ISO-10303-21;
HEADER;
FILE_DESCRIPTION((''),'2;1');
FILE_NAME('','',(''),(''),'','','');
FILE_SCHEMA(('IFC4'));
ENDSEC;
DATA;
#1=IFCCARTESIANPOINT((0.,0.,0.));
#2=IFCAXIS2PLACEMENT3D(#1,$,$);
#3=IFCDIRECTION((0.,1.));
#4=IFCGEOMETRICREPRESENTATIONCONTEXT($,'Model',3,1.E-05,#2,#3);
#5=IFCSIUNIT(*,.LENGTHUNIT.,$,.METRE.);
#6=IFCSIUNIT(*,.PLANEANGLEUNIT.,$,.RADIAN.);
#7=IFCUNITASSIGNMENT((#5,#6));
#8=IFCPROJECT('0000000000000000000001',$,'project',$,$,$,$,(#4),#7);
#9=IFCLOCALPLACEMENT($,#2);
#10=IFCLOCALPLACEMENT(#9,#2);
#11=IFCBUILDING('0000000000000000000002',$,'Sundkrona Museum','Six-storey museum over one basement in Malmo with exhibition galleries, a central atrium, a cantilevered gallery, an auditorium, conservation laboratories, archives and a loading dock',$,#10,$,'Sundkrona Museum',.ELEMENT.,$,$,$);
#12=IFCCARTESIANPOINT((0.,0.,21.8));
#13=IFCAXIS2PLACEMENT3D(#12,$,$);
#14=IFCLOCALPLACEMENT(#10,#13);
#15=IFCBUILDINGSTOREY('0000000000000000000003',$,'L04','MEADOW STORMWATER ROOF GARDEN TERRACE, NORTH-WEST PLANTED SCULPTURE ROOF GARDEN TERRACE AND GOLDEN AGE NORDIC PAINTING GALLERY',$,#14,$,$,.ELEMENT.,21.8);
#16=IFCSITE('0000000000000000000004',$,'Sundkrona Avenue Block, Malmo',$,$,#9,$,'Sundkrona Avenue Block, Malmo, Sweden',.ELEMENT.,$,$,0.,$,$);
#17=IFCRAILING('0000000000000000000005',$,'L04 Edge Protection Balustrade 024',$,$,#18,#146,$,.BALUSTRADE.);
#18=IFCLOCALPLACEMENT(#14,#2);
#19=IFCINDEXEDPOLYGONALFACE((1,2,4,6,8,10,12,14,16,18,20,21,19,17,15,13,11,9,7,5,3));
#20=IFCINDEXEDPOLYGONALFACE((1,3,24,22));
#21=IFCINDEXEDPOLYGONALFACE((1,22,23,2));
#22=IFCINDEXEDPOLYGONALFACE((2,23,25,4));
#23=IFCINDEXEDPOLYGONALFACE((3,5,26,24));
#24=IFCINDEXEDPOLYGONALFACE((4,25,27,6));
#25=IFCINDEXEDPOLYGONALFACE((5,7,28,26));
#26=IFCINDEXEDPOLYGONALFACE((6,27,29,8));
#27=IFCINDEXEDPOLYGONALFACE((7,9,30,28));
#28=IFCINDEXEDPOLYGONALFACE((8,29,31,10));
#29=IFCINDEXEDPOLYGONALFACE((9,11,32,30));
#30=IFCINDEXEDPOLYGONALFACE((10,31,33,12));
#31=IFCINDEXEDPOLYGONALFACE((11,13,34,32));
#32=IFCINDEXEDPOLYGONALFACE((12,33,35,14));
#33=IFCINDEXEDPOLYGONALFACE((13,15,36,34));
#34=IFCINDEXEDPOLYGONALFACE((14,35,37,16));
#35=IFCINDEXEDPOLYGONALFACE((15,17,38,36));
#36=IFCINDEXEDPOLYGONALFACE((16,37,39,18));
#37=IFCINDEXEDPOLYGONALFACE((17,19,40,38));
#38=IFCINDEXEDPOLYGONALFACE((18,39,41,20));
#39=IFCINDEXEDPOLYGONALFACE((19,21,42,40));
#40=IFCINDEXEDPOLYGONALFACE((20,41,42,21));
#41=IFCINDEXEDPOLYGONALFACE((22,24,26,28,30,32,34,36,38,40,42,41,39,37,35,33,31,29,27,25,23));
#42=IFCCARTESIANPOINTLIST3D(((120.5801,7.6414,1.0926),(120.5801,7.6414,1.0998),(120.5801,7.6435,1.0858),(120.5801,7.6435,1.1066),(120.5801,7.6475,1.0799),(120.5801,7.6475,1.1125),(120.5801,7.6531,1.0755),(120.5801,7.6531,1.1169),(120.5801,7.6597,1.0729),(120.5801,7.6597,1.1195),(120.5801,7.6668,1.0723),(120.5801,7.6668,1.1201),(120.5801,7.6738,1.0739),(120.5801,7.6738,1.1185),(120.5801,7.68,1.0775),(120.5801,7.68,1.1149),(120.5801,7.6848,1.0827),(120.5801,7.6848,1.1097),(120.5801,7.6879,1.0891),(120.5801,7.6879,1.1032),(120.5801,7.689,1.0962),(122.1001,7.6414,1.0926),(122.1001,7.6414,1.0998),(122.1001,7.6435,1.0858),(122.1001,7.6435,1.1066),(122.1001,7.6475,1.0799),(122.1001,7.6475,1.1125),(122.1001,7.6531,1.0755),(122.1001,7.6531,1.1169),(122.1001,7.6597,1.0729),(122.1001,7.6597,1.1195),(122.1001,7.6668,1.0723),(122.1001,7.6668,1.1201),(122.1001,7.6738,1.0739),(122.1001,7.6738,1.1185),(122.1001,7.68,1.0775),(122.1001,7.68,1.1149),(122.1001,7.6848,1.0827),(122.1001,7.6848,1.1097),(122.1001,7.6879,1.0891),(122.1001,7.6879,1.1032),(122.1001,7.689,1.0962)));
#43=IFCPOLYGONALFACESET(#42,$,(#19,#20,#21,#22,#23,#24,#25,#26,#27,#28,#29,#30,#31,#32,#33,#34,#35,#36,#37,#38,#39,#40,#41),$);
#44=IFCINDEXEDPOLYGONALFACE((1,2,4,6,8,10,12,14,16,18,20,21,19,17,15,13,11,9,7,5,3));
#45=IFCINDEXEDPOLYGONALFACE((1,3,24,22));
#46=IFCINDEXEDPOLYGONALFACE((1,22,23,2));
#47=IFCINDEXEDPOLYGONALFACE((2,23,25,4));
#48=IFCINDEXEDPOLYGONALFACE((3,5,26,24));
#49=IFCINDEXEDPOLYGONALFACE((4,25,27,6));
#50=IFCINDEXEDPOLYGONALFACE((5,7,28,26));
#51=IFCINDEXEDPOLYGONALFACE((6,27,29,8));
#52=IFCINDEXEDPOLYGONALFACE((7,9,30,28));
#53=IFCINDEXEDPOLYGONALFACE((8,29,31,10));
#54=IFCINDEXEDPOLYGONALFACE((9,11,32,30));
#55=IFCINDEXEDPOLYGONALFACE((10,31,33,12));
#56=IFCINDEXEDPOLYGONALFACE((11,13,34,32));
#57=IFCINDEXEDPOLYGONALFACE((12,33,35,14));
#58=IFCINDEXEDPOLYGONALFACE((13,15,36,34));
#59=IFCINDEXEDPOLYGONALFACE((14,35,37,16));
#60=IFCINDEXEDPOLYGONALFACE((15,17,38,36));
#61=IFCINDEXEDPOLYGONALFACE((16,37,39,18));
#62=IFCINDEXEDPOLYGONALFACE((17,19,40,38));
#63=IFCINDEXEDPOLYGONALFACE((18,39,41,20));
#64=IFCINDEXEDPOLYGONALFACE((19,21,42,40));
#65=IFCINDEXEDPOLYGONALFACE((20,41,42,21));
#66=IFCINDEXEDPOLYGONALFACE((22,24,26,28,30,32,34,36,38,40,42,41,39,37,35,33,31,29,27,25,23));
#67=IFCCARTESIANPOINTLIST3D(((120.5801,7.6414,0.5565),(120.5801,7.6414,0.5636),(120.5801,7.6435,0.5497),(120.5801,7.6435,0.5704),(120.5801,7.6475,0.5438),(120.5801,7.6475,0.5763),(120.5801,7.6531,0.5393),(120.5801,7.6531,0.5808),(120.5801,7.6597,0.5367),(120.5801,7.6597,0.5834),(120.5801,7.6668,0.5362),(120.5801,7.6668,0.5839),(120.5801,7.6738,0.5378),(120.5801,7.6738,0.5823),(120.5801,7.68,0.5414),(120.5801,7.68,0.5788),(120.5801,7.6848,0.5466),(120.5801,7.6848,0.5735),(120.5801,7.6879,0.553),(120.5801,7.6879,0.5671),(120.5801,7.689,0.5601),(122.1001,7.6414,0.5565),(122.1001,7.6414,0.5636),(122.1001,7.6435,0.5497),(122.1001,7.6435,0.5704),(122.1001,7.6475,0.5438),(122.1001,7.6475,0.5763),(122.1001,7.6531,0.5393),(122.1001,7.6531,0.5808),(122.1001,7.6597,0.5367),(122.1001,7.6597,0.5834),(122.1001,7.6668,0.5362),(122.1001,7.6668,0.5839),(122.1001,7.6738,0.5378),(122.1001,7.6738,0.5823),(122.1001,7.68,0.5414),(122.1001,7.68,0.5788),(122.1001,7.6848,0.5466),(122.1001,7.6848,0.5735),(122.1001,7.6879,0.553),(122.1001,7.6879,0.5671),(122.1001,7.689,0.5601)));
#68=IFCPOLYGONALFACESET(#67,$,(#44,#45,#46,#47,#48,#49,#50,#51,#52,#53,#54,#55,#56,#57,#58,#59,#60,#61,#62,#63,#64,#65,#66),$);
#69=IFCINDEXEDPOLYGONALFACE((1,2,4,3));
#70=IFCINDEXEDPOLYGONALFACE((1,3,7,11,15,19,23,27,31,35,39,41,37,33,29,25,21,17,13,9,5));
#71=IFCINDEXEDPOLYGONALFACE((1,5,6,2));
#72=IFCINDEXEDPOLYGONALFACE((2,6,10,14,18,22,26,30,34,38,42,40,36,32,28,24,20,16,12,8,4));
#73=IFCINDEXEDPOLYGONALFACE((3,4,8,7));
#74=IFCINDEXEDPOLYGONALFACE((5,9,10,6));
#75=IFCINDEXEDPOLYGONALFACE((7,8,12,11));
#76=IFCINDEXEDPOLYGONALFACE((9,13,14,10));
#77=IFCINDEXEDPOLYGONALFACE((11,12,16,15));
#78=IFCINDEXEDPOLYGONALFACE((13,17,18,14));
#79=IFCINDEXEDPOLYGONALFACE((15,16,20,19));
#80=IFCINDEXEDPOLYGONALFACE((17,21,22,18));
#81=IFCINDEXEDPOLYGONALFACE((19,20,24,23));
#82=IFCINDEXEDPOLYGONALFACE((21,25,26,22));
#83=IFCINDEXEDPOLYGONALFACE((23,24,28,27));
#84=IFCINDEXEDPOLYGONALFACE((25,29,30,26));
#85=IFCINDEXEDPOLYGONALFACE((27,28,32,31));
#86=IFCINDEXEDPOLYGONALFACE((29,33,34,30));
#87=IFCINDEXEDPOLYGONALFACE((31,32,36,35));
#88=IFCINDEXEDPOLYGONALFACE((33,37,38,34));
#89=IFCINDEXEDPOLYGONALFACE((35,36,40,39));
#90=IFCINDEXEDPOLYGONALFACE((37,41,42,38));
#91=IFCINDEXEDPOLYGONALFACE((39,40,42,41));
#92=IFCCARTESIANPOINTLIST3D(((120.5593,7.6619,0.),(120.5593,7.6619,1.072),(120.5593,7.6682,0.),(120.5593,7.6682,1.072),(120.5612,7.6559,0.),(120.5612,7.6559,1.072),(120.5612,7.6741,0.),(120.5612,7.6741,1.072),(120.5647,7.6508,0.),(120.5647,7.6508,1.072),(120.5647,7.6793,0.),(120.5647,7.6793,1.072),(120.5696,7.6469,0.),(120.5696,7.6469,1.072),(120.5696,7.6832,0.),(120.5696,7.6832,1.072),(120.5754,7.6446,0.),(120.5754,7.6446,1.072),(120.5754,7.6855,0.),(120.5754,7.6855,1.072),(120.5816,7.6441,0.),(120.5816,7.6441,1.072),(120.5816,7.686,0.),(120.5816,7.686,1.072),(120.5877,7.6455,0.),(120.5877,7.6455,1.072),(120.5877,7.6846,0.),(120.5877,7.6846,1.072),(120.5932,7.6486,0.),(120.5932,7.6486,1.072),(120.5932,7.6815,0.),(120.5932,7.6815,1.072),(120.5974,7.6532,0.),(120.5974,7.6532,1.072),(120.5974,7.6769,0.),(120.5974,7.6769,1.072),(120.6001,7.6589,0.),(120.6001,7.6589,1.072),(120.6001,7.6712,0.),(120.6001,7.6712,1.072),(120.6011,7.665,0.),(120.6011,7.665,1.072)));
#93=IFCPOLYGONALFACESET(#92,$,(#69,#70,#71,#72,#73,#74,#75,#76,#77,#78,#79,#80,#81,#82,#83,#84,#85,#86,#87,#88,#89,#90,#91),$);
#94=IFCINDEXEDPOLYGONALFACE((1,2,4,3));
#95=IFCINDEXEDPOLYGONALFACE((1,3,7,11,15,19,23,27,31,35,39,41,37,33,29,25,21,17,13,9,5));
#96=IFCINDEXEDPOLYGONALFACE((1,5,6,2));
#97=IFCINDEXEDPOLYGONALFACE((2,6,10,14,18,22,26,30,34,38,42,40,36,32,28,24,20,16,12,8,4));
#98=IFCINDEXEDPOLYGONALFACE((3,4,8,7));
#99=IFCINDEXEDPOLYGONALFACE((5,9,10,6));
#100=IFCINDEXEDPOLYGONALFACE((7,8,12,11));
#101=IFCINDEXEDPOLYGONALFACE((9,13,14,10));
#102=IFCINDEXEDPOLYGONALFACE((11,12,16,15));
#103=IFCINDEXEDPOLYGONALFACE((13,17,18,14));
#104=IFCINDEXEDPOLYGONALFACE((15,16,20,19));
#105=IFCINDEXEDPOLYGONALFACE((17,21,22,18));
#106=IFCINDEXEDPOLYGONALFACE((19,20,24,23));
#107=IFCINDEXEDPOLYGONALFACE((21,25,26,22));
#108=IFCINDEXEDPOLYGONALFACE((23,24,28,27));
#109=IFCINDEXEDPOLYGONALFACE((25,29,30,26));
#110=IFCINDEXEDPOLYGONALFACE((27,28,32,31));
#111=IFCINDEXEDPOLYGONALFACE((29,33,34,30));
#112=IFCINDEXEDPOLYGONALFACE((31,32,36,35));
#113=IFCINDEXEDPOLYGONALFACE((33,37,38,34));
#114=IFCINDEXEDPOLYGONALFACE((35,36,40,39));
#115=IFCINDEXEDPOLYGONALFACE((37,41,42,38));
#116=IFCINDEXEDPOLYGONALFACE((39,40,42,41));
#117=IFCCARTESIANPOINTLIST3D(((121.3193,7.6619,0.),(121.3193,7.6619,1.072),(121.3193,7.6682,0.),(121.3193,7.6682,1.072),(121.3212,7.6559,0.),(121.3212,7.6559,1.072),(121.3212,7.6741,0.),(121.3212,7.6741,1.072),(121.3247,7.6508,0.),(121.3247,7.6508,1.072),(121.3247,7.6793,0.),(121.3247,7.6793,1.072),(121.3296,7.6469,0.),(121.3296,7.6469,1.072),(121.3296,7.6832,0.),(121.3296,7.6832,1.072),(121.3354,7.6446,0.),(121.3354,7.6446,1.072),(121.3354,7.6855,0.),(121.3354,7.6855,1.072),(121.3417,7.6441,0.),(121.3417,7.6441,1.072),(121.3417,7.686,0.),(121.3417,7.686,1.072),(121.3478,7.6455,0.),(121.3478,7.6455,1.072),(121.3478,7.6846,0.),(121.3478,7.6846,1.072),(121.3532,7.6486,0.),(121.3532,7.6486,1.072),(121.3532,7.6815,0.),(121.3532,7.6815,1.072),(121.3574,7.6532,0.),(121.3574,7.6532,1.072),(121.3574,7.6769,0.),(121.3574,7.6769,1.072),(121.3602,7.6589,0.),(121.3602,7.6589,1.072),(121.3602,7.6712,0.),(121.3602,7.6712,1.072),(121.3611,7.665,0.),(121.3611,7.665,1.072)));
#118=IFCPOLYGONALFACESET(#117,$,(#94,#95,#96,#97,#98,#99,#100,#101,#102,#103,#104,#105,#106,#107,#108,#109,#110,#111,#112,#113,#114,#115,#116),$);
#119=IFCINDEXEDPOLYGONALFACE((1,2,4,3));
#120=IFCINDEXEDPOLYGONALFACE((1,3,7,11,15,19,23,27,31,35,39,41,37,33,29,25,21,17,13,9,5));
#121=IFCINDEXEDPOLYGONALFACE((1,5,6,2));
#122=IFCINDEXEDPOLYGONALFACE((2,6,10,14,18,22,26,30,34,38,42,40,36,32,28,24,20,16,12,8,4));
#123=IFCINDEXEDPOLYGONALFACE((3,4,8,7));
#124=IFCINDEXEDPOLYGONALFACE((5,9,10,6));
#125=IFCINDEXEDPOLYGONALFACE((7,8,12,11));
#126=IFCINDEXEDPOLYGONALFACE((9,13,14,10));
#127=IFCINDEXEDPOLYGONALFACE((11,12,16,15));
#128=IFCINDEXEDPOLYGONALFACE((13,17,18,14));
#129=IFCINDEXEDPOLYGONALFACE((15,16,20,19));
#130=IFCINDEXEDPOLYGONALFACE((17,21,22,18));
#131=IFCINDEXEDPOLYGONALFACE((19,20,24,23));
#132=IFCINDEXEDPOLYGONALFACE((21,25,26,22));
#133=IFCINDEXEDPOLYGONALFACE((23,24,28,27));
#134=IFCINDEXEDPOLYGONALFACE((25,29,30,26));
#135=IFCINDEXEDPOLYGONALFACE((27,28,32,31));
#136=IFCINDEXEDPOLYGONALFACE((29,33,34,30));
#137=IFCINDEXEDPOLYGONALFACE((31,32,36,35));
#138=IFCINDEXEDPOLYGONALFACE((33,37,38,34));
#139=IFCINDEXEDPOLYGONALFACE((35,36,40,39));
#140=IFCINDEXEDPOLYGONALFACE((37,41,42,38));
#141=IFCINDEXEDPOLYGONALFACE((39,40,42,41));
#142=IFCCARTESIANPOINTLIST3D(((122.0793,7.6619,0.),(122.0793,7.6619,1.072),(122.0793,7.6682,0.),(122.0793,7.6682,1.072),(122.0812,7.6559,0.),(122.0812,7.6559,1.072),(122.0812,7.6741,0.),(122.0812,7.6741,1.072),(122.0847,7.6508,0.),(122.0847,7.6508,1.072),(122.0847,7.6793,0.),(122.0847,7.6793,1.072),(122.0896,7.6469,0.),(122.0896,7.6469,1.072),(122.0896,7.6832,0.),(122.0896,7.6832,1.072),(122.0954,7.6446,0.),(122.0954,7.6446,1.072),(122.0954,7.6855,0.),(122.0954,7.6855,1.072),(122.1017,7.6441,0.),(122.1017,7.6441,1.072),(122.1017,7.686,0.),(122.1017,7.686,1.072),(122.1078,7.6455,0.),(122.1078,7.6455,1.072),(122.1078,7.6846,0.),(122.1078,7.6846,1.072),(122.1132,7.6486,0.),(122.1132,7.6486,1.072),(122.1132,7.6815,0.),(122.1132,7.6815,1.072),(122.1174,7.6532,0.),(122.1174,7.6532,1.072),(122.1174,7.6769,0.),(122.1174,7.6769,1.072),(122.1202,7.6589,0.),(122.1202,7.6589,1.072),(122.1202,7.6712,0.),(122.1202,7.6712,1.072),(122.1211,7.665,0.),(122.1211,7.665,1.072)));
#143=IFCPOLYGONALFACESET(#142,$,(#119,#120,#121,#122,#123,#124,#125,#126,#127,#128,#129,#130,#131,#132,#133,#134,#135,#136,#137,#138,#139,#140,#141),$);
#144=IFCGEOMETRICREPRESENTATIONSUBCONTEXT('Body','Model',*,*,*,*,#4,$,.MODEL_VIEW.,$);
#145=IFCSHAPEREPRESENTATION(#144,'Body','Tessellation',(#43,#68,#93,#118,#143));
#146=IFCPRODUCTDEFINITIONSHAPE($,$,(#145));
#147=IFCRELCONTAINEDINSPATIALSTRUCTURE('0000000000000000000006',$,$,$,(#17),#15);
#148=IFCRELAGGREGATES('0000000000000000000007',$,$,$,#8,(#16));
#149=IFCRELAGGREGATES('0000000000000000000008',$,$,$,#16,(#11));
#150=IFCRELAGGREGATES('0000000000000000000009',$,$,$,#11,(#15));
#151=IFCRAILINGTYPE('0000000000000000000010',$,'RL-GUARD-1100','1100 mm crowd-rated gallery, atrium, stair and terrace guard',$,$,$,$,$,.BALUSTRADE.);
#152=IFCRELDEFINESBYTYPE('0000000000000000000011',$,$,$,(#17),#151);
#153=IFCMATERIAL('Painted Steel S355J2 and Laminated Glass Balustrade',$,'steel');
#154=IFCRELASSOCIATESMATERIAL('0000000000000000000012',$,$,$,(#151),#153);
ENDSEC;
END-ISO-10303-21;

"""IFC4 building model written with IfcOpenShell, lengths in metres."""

from ifc_helpers import new_model, si_unit, direction, frame, origin, origin_2d, place, context, subcontext, project, spatial, circle, extrude, material, type_object, element, save


model = new_model("IFC4")

# Units and contexts
model_context = context("Model", 3, precision=1e-05, world=origin(), true_north=direction((0.0, 1.0)))
body_context = subcontext(model_context, "Body", "Model", "MODEL_VIEW")
ifc_project = project(units=[si_unit("LENGTHUNIT", "METRE"), si_unit("PLANEANGLEUNIT", "RADIAN")], contexts=[model_context])

# Site, building, storey
site_placement = place(None, origin())
site = spatial("IfcSite", under=ifc_project, at=site_placement, Name="Sundkrona Avenue Block, Malmo", LongName="Sundkrona Avenue Block, Malmo, Sweden", CompositionType="ELEMENT", RefElevation=0.0)
building_placement = place(site_placement, origin())
building = spatial("IfcBuilding", under=site, at=building_placement, Name="Sundkrona Museum", Description="Six-storey museum over one basement in Malmo with exhibition galleries, a central atrium, a cantilevered gallery, an auditorium, conservation laboratories, archives and a loading dock", LongName="Sundkrona Museum", CompositionType="ELEMENT")
storey_placement = place(building_placement, frame((0.0, 0.0, 21.8)))
storey = spatial("IfcBuildingStorey", under=building, at=storey_placement, Name="L04", Description="MEADOW STORMWATER ROOF GARDEN TERRACE, NORTH-WEST PLANTED SCULPTURE ROOF GARDEN TERRACE AND GOLDEN AGE NORDIC PAINTING GALLERY", CompositionType="ELEMENT", Elevation=21.8)

# Railing
ifc_material_1 = material(Name="Painted Steel S355J2 and Laminated Glass Balustrade", Category="steel")
railing_type_1 = type_object("IfcRailingType", Name="RL-GUARD-1100", Description="1100 mm crowd-rated gallery, atrium, stair and terrace guard", PredefinedType="BALUSTRADE", material=ifc_material_1)
for number, where, name in (
    (1, (120.5801, 7.665, 0.0), "L04 Edge Protection Balustrade 024"),
):
    element("IfcRailing", number, at=place(storey_placement, frame(where)), inside=storey, type_object=railing_type_1, Name=name, PredefinedType="BALUSTRADE", context=body_context, shape_type="SweptSolid", body=[
        extrude(circle(Radius=0.0239, at=origin_2d()), frame((0.0, 0.0, 1.0962), z_axis=(1.0, 0.0, 0.0), x_axis=(0.0, 1.0, 0.0)), (0.0, 0.0, 1.0), 1.52),
        extrude(circle(Radius=0.0239, at=origin_2d()), frame((0.0, 0.0, 0.5601), z_axis=(1.0, 0.0, 0.0), x_axis=(0.0, 1.0, 0.0)), (0.0, 0.0, 1.0), 1.52),
        extrude(circle(Radius=0.021, at=origin_2d()), origin(), (0.0, 0.0, 1.0), 1.072),
        extrude(circle(Radius=0.021, at=origin_2d()), frame((0.76, 0.0, 0.0)), (0.0, 0.0, 1.0), 1.072),
        extrude(circle(Radius=0.021, at=origin_2d()), frame((1.52, 0.0, 0.0)), (0.0, 0.0, 1.0), 1.072),
    ])

save(model, "model.ifc")
